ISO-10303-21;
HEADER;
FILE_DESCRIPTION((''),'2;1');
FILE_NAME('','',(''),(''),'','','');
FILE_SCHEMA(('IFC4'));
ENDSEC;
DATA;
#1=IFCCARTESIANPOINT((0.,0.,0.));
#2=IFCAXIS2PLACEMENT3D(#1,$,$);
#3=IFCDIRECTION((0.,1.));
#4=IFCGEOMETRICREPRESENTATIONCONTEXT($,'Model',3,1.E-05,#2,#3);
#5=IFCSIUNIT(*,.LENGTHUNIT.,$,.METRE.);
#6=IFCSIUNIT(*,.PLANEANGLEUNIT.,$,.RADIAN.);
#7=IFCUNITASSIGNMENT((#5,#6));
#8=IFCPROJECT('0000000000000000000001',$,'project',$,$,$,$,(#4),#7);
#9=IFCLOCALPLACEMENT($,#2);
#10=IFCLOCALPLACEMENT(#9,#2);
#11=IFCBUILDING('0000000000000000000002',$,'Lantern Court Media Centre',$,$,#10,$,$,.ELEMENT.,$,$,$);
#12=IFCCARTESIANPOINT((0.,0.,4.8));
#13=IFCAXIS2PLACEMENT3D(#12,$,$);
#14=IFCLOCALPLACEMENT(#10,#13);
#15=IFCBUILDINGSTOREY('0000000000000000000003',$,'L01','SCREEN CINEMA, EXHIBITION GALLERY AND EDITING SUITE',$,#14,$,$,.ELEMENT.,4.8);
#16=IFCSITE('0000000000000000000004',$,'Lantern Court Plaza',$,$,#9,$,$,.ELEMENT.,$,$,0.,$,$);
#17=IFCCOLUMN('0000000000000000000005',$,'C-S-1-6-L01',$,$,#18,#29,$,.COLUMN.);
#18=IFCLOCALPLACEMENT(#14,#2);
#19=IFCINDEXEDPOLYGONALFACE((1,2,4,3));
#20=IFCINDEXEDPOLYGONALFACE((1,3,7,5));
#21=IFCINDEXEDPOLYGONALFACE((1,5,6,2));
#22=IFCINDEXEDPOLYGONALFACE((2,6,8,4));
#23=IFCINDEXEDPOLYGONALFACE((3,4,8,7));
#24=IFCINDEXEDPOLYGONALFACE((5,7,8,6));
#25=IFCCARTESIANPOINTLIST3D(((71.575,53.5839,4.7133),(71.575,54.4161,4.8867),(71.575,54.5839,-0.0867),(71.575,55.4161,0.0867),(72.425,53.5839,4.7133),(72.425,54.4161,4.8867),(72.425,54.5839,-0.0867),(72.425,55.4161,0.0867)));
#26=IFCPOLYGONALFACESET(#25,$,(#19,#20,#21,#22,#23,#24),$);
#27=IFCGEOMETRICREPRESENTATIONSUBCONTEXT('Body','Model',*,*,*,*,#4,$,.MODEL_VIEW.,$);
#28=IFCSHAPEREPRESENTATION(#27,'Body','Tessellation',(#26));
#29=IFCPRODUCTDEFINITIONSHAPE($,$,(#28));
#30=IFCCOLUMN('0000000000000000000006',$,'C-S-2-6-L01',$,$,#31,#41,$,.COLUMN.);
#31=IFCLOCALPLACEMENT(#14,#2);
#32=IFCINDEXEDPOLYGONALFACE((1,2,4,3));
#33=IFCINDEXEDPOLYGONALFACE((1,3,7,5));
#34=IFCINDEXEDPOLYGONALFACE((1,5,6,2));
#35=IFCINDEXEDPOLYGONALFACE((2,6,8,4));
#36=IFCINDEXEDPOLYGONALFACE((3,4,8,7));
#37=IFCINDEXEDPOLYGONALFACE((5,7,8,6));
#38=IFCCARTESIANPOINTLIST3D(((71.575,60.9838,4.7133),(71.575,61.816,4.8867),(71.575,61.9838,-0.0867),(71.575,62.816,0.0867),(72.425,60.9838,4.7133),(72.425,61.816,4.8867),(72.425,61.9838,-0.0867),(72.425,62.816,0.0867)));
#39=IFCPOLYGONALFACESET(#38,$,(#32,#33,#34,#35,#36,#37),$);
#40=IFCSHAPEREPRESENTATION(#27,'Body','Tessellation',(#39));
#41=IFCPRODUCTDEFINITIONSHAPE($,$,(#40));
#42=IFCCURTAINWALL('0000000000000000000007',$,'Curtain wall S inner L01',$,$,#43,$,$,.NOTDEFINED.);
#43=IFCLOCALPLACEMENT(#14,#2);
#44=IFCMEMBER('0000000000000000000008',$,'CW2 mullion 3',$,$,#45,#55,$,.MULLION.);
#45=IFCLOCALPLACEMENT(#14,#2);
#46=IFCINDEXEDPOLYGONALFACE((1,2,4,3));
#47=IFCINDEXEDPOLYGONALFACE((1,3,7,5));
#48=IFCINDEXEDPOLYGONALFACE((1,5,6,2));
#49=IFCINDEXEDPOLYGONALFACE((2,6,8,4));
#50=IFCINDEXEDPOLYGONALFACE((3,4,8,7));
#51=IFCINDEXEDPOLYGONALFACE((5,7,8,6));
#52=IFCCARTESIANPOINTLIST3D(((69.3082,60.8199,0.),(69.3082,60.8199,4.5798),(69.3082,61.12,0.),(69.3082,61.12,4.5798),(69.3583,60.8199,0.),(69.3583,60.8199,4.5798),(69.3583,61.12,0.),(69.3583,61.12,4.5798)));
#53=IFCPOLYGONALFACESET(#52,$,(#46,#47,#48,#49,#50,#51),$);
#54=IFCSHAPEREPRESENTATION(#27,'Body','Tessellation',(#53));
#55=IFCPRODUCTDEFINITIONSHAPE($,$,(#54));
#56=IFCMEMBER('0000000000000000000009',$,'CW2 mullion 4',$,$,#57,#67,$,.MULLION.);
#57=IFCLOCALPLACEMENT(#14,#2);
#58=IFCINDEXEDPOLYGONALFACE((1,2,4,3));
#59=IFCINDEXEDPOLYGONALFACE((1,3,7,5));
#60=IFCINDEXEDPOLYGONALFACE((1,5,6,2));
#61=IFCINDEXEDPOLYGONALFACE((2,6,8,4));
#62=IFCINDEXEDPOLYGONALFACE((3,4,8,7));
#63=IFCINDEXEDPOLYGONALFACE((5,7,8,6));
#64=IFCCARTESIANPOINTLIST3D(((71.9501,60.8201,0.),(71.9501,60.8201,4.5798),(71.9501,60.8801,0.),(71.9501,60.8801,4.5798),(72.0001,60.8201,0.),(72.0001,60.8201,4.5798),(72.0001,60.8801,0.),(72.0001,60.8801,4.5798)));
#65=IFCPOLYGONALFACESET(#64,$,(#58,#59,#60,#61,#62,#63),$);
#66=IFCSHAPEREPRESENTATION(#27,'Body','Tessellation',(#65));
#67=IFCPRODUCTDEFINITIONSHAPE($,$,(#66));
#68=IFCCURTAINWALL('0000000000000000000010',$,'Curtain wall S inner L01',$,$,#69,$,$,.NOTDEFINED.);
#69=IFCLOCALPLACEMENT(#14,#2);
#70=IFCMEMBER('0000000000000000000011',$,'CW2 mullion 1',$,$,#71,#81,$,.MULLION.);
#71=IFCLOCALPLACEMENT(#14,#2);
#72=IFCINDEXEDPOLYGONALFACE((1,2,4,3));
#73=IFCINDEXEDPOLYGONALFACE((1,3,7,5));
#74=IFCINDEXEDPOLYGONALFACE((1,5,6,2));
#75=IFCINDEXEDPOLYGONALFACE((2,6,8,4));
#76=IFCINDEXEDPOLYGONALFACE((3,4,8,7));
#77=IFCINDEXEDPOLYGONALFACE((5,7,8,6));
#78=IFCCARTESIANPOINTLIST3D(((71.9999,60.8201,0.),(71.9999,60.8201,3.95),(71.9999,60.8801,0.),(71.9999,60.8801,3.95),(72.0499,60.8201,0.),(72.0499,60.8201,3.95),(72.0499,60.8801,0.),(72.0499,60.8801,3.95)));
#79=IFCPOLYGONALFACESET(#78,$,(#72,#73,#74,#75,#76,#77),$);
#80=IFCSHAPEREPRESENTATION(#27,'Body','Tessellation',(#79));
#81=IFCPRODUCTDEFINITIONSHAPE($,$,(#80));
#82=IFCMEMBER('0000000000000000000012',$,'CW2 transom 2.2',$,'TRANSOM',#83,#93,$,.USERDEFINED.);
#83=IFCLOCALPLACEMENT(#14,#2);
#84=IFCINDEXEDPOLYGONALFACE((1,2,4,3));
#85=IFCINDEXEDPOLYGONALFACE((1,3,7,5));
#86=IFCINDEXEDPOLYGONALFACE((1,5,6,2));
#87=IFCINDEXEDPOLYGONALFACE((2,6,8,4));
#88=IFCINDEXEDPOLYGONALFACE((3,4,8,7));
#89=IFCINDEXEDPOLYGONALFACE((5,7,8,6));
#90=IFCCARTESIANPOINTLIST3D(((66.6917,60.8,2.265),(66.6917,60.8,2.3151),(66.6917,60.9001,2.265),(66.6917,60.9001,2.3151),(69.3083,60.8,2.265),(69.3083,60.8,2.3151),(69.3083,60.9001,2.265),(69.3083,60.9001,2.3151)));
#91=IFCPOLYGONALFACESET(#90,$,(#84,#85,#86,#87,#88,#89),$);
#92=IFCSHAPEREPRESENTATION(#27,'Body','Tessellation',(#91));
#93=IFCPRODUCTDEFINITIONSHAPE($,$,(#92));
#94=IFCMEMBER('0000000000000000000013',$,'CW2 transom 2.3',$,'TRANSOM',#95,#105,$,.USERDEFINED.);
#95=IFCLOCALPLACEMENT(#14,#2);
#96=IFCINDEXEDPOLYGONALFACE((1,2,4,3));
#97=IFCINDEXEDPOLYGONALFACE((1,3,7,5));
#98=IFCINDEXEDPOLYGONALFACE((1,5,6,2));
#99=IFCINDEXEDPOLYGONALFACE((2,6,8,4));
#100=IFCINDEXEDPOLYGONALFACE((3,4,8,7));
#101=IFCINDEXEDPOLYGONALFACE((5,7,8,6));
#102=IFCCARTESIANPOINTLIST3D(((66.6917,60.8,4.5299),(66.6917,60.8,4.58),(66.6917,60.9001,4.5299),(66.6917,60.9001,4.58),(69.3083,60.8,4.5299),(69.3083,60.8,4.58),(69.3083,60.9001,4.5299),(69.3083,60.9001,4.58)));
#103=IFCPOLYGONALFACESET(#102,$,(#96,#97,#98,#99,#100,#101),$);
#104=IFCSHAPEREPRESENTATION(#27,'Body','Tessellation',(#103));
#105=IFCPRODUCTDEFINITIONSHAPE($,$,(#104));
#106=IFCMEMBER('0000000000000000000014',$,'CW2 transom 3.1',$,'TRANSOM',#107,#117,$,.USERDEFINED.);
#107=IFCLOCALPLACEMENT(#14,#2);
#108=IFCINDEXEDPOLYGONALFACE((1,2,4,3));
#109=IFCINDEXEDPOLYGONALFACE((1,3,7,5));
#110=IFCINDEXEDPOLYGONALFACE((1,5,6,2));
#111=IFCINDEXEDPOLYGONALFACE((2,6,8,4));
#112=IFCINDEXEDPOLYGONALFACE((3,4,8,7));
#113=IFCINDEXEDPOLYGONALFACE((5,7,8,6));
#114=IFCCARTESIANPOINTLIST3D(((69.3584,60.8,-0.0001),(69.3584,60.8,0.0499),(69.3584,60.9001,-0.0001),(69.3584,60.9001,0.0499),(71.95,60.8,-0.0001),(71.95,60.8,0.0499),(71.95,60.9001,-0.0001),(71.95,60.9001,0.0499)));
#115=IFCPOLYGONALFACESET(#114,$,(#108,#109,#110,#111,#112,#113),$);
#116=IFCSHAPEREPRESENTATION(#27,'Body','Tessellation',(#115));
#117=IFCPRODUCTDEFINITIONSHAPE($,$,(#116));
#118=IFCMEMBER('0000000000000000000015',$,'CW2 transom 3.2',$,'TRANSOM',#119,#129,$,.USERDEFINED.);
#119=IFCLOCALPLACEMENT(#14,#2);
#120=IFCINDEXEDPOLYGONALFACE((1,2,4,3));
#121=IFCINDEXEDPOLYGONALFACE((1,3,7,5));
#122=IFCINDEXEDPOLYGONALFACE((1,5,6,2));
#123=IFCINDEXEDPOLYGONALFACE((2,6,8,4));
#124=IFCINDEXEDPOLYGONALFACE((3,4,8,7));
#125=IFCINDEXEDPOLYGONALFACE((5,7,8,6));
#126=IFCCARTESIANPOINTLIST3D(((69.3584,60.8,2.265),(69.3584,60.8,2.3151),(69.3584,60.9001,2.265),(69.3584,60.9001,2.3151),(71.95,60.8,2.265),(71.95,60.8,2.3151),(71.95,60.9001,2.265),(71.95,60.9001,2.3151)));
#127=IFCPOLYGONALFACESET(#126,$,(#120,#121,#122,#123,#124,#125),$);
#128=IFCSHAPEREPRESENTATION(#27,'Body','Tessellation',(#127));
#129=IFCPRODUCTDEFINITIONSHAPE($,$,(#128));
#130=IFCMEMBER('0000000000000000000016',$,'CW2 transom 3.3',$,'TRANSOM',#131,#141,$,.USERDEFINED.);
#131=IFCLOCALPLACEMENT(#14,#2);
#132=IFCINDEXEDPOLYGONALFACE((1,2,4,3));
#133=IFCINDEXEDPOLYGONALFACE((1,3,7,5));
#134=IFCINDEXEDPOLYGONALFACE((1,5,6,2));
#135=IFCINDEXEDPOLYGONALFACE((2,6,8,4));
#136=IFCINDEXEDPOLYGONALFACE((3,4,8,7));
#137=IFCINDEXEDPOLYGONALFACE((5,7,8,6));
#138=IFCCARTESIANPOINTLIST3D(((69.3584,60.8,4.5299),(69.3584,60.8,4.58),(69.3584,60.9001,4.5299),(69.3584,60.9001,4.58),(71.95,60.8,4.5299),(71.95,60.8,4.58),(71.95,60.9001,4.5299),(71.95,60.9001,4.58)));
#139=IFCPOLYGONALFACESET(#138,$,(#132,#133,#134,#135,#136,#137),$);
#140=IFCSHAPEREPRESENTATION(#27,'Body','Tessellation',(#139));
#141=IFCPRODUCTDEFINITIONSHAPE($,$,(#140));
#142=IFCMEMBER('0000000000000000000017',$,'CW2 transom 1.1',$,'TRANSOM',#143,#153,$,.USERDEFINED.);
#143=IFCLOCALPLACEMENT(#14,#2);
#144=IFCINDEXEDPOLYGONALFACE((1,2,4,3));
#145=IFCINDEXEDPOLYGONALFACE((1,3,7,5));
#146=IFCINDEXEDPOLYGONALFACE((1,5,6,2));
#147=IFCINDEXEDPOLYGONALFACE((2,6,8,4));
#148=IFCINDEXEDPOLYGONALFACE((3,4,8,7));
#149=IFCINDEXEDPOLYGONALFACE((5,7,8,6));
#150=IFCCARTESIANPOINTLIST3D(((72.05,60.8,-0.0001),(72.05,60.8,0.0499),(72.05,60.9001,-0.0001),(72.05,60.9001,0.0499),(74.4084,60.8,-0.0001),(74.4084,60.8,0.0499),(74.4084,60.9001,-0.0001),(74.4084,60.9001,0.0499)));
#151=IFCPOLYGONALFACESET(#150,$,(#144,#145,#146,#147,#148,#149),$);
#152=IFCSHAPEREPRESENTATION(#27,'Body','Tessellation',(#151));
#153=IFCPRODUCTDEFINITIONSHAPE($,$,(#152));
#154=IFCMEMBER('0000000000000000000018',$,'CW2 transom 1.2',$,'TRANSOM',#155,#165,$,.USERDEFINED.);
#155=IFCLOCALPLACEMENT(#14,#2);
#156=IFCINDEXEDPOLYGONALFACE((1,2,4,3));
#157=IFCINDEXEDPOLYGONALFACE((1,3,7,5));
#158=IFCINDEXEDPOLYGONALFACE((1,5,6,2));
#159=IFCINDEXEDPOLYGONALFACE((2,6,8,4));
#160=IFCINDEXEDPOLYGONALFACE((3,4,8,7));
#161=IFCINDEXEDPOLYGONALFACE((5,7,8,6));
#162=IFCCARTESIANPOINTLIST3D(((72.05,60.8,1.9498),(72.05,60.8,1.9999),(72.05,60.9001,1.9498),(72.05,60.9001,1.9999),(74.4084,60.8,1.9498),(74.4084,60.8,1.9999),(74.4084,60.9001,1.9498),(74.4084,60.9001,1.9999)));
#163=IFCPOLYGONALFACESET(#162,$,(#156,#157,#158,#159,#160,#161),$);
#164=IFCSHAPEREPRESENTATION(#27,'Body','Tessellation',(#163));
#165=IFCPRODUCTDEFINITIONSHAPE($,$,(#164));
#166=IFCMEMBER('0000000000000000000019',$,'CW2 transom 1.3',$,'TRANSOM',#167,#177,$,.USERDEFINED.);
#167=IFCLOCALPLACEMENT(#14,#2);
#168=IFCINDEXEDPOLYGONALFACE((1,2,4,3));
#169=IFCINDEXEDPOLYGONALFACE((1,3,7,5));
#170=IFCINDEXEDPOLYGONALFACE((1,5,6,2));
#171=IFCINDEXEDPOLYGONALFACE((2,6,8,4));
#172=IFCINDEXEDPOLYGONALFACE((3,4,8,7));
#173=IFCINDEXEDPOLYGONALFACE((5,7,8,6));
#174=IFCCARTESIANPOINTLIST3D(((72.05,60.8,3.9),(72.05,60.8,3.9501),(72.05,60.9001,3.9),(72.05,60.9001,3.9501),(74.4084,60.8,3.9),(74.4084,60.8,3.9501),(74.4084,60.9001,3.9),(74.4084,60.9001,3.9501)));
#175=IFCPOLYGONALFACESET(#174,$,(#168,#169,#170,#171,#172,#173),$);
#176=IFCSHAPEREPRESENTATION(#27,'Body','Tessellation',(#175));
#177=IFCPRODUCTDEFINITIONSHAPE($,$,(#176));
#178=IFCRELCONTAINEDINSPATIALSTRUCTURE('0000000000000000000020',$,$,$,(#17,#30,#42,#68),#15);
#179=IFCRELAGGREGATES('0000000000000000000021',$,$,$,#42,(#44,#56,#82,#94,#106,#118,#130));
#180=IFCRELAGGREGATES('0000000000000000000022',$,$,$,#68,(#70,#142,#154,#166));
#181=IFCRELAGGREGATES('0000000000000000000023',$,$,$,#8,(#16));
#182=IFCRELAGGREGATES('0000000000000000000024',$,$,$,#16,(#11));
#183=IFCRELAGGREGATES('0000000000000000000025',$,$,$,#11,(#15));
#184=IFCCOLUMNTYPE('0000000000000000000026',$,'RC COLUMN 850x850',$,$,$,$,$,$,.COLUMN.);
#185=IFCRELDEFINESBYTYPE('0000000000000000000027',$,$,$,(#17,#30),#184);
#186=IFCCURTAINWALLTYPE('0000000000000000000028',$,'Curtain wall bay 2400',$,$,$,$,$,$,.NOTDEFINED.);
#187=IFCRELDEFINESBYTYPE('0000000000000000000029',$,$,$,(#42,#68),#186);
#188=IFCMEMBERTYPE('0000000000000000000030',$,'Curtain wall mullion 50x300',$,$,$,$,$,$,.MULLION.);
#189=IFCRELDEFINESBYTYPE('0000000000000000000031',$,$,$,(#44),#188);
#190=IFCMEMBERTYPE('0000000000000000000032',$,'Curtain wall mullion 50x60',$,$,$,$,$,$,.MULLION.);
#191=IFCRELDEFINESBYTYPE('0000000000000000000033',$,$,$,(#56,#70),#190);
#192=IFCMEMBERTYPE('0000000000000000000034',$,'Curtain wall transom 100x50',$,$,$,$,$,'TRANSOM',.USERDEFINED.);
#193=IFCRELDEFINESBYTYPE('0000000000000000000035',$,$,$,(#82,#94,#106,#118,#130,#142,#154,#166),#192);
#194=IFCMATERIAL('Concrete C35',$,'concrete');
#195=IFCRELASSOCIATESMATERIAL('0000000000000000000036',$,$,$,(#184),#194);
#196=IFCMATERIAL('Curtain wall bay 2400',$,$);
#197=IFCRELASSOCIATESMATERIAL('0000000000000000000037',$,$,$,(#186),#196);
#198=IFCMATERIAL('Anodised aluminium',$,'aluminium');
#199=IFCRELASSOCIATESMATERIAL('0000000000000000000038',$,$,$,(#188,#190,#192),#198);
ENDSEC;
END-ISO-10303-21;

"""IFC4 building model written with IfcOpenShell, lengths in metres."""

from ifc_helpers import new_model, si_unit, direction, frame, origin, origin_2d, place, context, subcontext, project, spatial, rectangle, extrude, material, material_profile, profile_set, type_object, element, aggregate, save


model = new_model("IFC4")

# Units and contexts
model_context = context("Model", 3, precision=1e-05, world=origin(), true_north=direction((0.0, 1.0)))
body_context = subcontext(model_context, "Body", "Model", "MODEL_VIEW")
ifc_project = project(units=[si_unit("LENGTHUNIT", "METRE"), si_unit("PLANEANGLEUNIT", "RADIAN")], contexts=[model_context])

# Site, building, storey
site_placement = place(None, origin())
site = spatial("IfcSite", under=ifc_project, at=site_placement, Name="Lantern Court Plaza", CompositionType="ELEMENT", RefElevation=0.0)
building_placement = place(site_placement, origin())
building = spatial("IfcBuilding", under=site, at=building_placement, Name="Lantern Court Media Centre", CompositionType="ELEMENT")
storey_placement = place(building_placement, frame((0.0, 0.0, 4.8)))
storey = spatial("IfcBuildingStorey", under=building, at=storey_placement, Name="L01", Description="SCREEN CINEMA, EXHIBITION GALLERY AND EDITING SUITE", CompositionType="ELEMENT", Elevation=4.8)

# Columns
ifc_material_1 = material(Name="Concrete C35", Category="concrete")
ifc_material_profile_1 = material_profile(ifc_material_1, rectangle(XDim=0.8501, YDim=0.8501, at=origin_2d()), Name="RC 850x850")
ifc_profile_set_1 = profile_set([ifc_material_profile_1], Name="Concrete C35")
column_type = type_object("IfcColumnType", Name="RC COLUMN 850x850", PredefinedType="COLUMN", material=ifc_profile_set_1)
for number, where, z_axis, x_axis, name in (
    (1, (72.0, 55.0, 0.0), (0.0, -0.203952, 0.978981), (1.0, 0.0, 0.0), "C-S-1-6-L01"),
    (2, (72.0, 62.3999, 0.0), (0.0, -0.203952, 0.978981), (1.0, 0.0, 0.0), "C-S-2-6-L01"),
):
    element("IfcColumn", number, at=place(storey_placement, frame(where, z_axis=z_axis, x_axis=x_axis)), inside=storey, type_object=column_type, Name=name, PredefinedType="COLUMN", context=body_context, shape_type="SweptSolid", body=[
        extrude(rectangle(XDim=0.8501, YDim=0.8501, at=origin_2d()), origin(), (0.0, 0.0, 1.0), 4.9031),
    ])

# Curtain wall, members
ifc_material_2 = material(Name="Curtain wall bay 2400")
curtain_wall_type = type_object("IfcCurtainWallType", Name="Curtain wall bay 2400", PredefinedType="NOTDEFINED", material=ifc_material_2)
curtain_wall_1_placement = place(storey_placement, origin())
curtain_wall_1 = element("IfcCurtainWall", 3, at=curtain_wall_1_placement, inside=storey, type_object=curtain_wall_type, Name="Curtain wall S inner L01", PredefinedType="NOTDEFINED")
ifc_material_3 = material(Name="Anodised aluminium", Category="aluminium")
ifc_material_profile_2 = material_profile(ifc_material_3, rectangle(XDim=0.3, YDim=0.05, at=origin_2d()), Name="AL 50x300")
ifc_profile_set_2 = profile_set([ifc_material_profile_2], Name="Anodised aluminium")
member_type_1 = type_object("IfcMemberType", Name="Curtain wall mullion 50x300", PredefinedType="MULLION", material=ifc_profile_set_2)
member_1_placement = place(storey_placement, frame((69.3333, 60.97, 0.0), z_axis=(0.0, 0.0, 1.0), x_axis=(0.0, 1.0, 0.0)))
member_1 = element("IfcMember", 4, at=member_1_placement, type_object=member_type_1, Name="CW2 mullion 3", PredefinedType="MULLION", context=body_context, shape_type="SweptSolid", body=[
    extrude(rectangle(XDim=0.3, YDim=0.05, at=origin_2d()), origin(), (0.0, 0.0, 1.0), 4.5798),
])
ifc_material_profile_3 = material_profile(ifc_material_3, rectangle(XDim=0.0601, YDim=0.05, at=origin_2d()), Name="AL 50x60")
ifc_profile_set_3 = profile_set([ifc_material_profile_3], Name="Anodised aluminium")
member_type_2 = type_object("IfcMemberType", Name="Curtain wall mullion 50x60", PredefinedType="MULLION", material=ifc_profile_set_3)
member_2_placement = place(storey_placement, frame((71.9751, 60.8501, 0.0), z_axis=(0.0, 0.0, 1.0), x_axis=(0.0, 1.0, 0.0)))
member_2 = element("IfcMember", 5, at=member_2_placement, type_object=member_type_2, Name="CW2 mullion 4", PredefinedType="MULLION", context=body_context, shape_type="SweptSolid", body=[
    extrude(rectangle(XDim=0.0601, YDim=0.05, at=origin_2d()), origin(), (0.0, 0.0, 1.0), 4.5798),
])

# Curtain wall, member
curtain_wall_2_placement = place(storey_placement, origin())
curtain_wall_2 = element("IfcCurtainWall", 6, at=curtain_wall_2_placement, inside=storey, type_object=curtain_wall_type, Name="Curtain wall S inner L01", PredefinedType="NOTDEFINED")
member_3_placement = place(storey_placement, frame((72.0249, 60.8501, 0.0), z_axis=(0.0, 0.0, 1.0), x_axis=(0.0, 1.0, 0.0)))
member_3 = element("IfcMember", 7, at=member_3_placement, type_object=member_type_2, Name="CW2 mullion 1", PredefinedType="MULLION", context=body_context, shape_type="SweptSolid", body=[
    extrude(rectangle(XDim=0.0601, YDim=0.05, at=origin_2d()), origin(), (0.0, 0.0, 1.0), 3.95),
])

# Members
ifc_material_profile_4 = material_profile(ifc_material_3, rectangle(XDim=0.1001, YDim=0.05, at=origin_2d()), Name="AL 50x100")
ifc_profile_set_4 = profile_set([ifc_material_profile_4], Name="Anodised aluminium")
member_type_3 = type_object("IfcMemberType", Name="Curtain wall transom 100x50", ElementType="TRANSOM", PredefinedType="USERDEFINED", material=ifc_profile_set_4)
member_4_placement = place(storey_placement, frame((66.6917, 60.8501, 2.29), z_axis=(1.0, 0.0, 0.0), x_axis=(0.0, 1.0, 0.0)))
member_4 = element("IfcMember", 8, at=member_4_placement, type_object=member_type_3, Name="CW2 transom 2.2", ObjectType="TRANSOM", PredefinedType="USERDEFINED", context=body_context, shape_type="SweptSolid", body=[
    extrude(rectangle(XDim=0.1001, YDim=0.05, at=origin_2d()), origin(), (0.0, 0.0, 1.0), 2.6167),
])
member_5_placement = place(storey_placement, frame((66.6917, 60.8501, 4.5549), z_axis=(1.0, 0.0, 0.0), x_axis=(0.0, 1.0, 0.0)))
member_5 = element("IfcMember", 9, at=member_5_placement, type_object=member_type_3, Name="CW2 transom 2.3", ObjectType="TRANSOM", PredefinedType="USERDEFINED", context=body_context, shape_type="SweptSolid", body=[
    extrude(rectangle(XDim=0.1001, YDim=0.05, at=origin_2d()), origin(), (0.0, 0.0, 1.0), 2.6167),
])
member_6_placement = place(storey_placement, frame((69.3584, 60.8501, 0.0249), z_axis=(1.0, 0.0, 0.0), x_axis=(0.0, 1.0, 0.0)))
member_6 = element("IfcMember", 10, at=member_6_placement, type_object=member_type_3, Name="CW2 transom 3.1", ObjectType="TRANSOM", PredefinedType="USERDEFINED", context=body_context, shape_type="SweptSolid", body=[
    extrude(rectangle(XDim=0.1001, YDim=0.05, at=origin_2d()), origin(), (0.0, 0.0, 1.0), 2.5916),
])
member_7_placement = place(storey_placement, frame((69.3584, 60.8501, 2.29), z_axis=(1.0, 0.0, 0.0), x_axis=(0.0, 1.0, 0.0)))
member_7 = element("IfcMember", 11, at=member_7_placement, type_object=member_type_3, Name="CW2 transom 3.2", ObjectType="TRANSOM", PredefinedType="USERDEFINED", context=body_context, shape_type="SweptSolid", body=[
    extrude(rectangle(XDim=0.1001, YDim=0.05, at=origin_2d()), origin(), (0.0, 0.0, 1.0), 2.5916),
])
member_8_placement = place(storey_placement, frame((69.3584, 60.8501, 4.5549), z_axis=(1.0, 0.0, 0.0), x_axis=(0.0, 1.0, 0.0)))
member_8 = element("IfcMember", 12, at=member_8_placement, type_object=member_type_3, Name="CW2 transom 3.3", ObjectType="TRANSOM", PredefinedType="USERDEFINED", context=body_context, shape_type="SweptSolid", body=[
    extrude(rectangle(XDim=0.1001, YDim=0.05, at=origin_2d()), origin(), (0.0, 0.0, 1.0), 2.5916),
])
member_9_placement = place(storey_placement, frame((72.05, 60.8501, 0.0249), z_axis=(1.0, 0.0, 0.0), x_axis=(0.0, 1.0, 0.0)))
member_9 = element("IfcMember", 13, at=member_9_placement, type_object=member_type_3, Name="CW2 transom 1.1", ObjectType="TRANSOM", PredefinedType="USERDEFINED", context=body_context, shape_type="SweptSolid", body=[
    extrude(rectangle(XDim=0.1001, YDim=0.05, at=origin_2d()), origin(), (0.0, 0.0, 1.0), 2.3584),
])
member_10_placement = place(storey_placement, frame((72.05, 60.8501, 1.9749), z_axis=(1.0, 0.0, 0.0), x_axis=(0.0, 1.0, 0.0)))
member_10 = element("IfcMember", 14, at=member_10_placement, type_object=member_type_3, Name="CW2 transom 1.2", ObjectType="TRANSOM", PredefinedType="USERDEFINED", context=body_context, shape_type="SweptSolid", body=[
    extrude(rectangle(XDim=0.1001, YDim=0.05, at=origin_2d()), origin(), (0.0, 0.0, 1.0), 2.3584),
])
member_11_placement = place(storey_placement, frame((72.05, 60.8501, 3.925), z_axis=(1.0, 0.0, 0.0), x_axis=(0.0, 1.0, 0.0)))
member_11 = element("IfcMember", 15, at=member_11_placement, type_object=member_type_3, Name="CW2 transom 1.3", ObjectType="TRANSOM", PredefinedType="USERDEFINED", context=body_context, shape_type="SweptSolid", body=[
    extrude(rectangle(XDim=0.1001, YDim=0.05, at=origin_2d()), origin(), (0.0, 0.0, 1.0), 2.3584),
])

aggregate(curtain_wall_1, [member_1, member_2, member_4, member_5, member_6, member_7, member_8])
aggregate(curtain_wall_2, [member_3, member_9, member_10, member_11])

save(model, "model.ifc")
